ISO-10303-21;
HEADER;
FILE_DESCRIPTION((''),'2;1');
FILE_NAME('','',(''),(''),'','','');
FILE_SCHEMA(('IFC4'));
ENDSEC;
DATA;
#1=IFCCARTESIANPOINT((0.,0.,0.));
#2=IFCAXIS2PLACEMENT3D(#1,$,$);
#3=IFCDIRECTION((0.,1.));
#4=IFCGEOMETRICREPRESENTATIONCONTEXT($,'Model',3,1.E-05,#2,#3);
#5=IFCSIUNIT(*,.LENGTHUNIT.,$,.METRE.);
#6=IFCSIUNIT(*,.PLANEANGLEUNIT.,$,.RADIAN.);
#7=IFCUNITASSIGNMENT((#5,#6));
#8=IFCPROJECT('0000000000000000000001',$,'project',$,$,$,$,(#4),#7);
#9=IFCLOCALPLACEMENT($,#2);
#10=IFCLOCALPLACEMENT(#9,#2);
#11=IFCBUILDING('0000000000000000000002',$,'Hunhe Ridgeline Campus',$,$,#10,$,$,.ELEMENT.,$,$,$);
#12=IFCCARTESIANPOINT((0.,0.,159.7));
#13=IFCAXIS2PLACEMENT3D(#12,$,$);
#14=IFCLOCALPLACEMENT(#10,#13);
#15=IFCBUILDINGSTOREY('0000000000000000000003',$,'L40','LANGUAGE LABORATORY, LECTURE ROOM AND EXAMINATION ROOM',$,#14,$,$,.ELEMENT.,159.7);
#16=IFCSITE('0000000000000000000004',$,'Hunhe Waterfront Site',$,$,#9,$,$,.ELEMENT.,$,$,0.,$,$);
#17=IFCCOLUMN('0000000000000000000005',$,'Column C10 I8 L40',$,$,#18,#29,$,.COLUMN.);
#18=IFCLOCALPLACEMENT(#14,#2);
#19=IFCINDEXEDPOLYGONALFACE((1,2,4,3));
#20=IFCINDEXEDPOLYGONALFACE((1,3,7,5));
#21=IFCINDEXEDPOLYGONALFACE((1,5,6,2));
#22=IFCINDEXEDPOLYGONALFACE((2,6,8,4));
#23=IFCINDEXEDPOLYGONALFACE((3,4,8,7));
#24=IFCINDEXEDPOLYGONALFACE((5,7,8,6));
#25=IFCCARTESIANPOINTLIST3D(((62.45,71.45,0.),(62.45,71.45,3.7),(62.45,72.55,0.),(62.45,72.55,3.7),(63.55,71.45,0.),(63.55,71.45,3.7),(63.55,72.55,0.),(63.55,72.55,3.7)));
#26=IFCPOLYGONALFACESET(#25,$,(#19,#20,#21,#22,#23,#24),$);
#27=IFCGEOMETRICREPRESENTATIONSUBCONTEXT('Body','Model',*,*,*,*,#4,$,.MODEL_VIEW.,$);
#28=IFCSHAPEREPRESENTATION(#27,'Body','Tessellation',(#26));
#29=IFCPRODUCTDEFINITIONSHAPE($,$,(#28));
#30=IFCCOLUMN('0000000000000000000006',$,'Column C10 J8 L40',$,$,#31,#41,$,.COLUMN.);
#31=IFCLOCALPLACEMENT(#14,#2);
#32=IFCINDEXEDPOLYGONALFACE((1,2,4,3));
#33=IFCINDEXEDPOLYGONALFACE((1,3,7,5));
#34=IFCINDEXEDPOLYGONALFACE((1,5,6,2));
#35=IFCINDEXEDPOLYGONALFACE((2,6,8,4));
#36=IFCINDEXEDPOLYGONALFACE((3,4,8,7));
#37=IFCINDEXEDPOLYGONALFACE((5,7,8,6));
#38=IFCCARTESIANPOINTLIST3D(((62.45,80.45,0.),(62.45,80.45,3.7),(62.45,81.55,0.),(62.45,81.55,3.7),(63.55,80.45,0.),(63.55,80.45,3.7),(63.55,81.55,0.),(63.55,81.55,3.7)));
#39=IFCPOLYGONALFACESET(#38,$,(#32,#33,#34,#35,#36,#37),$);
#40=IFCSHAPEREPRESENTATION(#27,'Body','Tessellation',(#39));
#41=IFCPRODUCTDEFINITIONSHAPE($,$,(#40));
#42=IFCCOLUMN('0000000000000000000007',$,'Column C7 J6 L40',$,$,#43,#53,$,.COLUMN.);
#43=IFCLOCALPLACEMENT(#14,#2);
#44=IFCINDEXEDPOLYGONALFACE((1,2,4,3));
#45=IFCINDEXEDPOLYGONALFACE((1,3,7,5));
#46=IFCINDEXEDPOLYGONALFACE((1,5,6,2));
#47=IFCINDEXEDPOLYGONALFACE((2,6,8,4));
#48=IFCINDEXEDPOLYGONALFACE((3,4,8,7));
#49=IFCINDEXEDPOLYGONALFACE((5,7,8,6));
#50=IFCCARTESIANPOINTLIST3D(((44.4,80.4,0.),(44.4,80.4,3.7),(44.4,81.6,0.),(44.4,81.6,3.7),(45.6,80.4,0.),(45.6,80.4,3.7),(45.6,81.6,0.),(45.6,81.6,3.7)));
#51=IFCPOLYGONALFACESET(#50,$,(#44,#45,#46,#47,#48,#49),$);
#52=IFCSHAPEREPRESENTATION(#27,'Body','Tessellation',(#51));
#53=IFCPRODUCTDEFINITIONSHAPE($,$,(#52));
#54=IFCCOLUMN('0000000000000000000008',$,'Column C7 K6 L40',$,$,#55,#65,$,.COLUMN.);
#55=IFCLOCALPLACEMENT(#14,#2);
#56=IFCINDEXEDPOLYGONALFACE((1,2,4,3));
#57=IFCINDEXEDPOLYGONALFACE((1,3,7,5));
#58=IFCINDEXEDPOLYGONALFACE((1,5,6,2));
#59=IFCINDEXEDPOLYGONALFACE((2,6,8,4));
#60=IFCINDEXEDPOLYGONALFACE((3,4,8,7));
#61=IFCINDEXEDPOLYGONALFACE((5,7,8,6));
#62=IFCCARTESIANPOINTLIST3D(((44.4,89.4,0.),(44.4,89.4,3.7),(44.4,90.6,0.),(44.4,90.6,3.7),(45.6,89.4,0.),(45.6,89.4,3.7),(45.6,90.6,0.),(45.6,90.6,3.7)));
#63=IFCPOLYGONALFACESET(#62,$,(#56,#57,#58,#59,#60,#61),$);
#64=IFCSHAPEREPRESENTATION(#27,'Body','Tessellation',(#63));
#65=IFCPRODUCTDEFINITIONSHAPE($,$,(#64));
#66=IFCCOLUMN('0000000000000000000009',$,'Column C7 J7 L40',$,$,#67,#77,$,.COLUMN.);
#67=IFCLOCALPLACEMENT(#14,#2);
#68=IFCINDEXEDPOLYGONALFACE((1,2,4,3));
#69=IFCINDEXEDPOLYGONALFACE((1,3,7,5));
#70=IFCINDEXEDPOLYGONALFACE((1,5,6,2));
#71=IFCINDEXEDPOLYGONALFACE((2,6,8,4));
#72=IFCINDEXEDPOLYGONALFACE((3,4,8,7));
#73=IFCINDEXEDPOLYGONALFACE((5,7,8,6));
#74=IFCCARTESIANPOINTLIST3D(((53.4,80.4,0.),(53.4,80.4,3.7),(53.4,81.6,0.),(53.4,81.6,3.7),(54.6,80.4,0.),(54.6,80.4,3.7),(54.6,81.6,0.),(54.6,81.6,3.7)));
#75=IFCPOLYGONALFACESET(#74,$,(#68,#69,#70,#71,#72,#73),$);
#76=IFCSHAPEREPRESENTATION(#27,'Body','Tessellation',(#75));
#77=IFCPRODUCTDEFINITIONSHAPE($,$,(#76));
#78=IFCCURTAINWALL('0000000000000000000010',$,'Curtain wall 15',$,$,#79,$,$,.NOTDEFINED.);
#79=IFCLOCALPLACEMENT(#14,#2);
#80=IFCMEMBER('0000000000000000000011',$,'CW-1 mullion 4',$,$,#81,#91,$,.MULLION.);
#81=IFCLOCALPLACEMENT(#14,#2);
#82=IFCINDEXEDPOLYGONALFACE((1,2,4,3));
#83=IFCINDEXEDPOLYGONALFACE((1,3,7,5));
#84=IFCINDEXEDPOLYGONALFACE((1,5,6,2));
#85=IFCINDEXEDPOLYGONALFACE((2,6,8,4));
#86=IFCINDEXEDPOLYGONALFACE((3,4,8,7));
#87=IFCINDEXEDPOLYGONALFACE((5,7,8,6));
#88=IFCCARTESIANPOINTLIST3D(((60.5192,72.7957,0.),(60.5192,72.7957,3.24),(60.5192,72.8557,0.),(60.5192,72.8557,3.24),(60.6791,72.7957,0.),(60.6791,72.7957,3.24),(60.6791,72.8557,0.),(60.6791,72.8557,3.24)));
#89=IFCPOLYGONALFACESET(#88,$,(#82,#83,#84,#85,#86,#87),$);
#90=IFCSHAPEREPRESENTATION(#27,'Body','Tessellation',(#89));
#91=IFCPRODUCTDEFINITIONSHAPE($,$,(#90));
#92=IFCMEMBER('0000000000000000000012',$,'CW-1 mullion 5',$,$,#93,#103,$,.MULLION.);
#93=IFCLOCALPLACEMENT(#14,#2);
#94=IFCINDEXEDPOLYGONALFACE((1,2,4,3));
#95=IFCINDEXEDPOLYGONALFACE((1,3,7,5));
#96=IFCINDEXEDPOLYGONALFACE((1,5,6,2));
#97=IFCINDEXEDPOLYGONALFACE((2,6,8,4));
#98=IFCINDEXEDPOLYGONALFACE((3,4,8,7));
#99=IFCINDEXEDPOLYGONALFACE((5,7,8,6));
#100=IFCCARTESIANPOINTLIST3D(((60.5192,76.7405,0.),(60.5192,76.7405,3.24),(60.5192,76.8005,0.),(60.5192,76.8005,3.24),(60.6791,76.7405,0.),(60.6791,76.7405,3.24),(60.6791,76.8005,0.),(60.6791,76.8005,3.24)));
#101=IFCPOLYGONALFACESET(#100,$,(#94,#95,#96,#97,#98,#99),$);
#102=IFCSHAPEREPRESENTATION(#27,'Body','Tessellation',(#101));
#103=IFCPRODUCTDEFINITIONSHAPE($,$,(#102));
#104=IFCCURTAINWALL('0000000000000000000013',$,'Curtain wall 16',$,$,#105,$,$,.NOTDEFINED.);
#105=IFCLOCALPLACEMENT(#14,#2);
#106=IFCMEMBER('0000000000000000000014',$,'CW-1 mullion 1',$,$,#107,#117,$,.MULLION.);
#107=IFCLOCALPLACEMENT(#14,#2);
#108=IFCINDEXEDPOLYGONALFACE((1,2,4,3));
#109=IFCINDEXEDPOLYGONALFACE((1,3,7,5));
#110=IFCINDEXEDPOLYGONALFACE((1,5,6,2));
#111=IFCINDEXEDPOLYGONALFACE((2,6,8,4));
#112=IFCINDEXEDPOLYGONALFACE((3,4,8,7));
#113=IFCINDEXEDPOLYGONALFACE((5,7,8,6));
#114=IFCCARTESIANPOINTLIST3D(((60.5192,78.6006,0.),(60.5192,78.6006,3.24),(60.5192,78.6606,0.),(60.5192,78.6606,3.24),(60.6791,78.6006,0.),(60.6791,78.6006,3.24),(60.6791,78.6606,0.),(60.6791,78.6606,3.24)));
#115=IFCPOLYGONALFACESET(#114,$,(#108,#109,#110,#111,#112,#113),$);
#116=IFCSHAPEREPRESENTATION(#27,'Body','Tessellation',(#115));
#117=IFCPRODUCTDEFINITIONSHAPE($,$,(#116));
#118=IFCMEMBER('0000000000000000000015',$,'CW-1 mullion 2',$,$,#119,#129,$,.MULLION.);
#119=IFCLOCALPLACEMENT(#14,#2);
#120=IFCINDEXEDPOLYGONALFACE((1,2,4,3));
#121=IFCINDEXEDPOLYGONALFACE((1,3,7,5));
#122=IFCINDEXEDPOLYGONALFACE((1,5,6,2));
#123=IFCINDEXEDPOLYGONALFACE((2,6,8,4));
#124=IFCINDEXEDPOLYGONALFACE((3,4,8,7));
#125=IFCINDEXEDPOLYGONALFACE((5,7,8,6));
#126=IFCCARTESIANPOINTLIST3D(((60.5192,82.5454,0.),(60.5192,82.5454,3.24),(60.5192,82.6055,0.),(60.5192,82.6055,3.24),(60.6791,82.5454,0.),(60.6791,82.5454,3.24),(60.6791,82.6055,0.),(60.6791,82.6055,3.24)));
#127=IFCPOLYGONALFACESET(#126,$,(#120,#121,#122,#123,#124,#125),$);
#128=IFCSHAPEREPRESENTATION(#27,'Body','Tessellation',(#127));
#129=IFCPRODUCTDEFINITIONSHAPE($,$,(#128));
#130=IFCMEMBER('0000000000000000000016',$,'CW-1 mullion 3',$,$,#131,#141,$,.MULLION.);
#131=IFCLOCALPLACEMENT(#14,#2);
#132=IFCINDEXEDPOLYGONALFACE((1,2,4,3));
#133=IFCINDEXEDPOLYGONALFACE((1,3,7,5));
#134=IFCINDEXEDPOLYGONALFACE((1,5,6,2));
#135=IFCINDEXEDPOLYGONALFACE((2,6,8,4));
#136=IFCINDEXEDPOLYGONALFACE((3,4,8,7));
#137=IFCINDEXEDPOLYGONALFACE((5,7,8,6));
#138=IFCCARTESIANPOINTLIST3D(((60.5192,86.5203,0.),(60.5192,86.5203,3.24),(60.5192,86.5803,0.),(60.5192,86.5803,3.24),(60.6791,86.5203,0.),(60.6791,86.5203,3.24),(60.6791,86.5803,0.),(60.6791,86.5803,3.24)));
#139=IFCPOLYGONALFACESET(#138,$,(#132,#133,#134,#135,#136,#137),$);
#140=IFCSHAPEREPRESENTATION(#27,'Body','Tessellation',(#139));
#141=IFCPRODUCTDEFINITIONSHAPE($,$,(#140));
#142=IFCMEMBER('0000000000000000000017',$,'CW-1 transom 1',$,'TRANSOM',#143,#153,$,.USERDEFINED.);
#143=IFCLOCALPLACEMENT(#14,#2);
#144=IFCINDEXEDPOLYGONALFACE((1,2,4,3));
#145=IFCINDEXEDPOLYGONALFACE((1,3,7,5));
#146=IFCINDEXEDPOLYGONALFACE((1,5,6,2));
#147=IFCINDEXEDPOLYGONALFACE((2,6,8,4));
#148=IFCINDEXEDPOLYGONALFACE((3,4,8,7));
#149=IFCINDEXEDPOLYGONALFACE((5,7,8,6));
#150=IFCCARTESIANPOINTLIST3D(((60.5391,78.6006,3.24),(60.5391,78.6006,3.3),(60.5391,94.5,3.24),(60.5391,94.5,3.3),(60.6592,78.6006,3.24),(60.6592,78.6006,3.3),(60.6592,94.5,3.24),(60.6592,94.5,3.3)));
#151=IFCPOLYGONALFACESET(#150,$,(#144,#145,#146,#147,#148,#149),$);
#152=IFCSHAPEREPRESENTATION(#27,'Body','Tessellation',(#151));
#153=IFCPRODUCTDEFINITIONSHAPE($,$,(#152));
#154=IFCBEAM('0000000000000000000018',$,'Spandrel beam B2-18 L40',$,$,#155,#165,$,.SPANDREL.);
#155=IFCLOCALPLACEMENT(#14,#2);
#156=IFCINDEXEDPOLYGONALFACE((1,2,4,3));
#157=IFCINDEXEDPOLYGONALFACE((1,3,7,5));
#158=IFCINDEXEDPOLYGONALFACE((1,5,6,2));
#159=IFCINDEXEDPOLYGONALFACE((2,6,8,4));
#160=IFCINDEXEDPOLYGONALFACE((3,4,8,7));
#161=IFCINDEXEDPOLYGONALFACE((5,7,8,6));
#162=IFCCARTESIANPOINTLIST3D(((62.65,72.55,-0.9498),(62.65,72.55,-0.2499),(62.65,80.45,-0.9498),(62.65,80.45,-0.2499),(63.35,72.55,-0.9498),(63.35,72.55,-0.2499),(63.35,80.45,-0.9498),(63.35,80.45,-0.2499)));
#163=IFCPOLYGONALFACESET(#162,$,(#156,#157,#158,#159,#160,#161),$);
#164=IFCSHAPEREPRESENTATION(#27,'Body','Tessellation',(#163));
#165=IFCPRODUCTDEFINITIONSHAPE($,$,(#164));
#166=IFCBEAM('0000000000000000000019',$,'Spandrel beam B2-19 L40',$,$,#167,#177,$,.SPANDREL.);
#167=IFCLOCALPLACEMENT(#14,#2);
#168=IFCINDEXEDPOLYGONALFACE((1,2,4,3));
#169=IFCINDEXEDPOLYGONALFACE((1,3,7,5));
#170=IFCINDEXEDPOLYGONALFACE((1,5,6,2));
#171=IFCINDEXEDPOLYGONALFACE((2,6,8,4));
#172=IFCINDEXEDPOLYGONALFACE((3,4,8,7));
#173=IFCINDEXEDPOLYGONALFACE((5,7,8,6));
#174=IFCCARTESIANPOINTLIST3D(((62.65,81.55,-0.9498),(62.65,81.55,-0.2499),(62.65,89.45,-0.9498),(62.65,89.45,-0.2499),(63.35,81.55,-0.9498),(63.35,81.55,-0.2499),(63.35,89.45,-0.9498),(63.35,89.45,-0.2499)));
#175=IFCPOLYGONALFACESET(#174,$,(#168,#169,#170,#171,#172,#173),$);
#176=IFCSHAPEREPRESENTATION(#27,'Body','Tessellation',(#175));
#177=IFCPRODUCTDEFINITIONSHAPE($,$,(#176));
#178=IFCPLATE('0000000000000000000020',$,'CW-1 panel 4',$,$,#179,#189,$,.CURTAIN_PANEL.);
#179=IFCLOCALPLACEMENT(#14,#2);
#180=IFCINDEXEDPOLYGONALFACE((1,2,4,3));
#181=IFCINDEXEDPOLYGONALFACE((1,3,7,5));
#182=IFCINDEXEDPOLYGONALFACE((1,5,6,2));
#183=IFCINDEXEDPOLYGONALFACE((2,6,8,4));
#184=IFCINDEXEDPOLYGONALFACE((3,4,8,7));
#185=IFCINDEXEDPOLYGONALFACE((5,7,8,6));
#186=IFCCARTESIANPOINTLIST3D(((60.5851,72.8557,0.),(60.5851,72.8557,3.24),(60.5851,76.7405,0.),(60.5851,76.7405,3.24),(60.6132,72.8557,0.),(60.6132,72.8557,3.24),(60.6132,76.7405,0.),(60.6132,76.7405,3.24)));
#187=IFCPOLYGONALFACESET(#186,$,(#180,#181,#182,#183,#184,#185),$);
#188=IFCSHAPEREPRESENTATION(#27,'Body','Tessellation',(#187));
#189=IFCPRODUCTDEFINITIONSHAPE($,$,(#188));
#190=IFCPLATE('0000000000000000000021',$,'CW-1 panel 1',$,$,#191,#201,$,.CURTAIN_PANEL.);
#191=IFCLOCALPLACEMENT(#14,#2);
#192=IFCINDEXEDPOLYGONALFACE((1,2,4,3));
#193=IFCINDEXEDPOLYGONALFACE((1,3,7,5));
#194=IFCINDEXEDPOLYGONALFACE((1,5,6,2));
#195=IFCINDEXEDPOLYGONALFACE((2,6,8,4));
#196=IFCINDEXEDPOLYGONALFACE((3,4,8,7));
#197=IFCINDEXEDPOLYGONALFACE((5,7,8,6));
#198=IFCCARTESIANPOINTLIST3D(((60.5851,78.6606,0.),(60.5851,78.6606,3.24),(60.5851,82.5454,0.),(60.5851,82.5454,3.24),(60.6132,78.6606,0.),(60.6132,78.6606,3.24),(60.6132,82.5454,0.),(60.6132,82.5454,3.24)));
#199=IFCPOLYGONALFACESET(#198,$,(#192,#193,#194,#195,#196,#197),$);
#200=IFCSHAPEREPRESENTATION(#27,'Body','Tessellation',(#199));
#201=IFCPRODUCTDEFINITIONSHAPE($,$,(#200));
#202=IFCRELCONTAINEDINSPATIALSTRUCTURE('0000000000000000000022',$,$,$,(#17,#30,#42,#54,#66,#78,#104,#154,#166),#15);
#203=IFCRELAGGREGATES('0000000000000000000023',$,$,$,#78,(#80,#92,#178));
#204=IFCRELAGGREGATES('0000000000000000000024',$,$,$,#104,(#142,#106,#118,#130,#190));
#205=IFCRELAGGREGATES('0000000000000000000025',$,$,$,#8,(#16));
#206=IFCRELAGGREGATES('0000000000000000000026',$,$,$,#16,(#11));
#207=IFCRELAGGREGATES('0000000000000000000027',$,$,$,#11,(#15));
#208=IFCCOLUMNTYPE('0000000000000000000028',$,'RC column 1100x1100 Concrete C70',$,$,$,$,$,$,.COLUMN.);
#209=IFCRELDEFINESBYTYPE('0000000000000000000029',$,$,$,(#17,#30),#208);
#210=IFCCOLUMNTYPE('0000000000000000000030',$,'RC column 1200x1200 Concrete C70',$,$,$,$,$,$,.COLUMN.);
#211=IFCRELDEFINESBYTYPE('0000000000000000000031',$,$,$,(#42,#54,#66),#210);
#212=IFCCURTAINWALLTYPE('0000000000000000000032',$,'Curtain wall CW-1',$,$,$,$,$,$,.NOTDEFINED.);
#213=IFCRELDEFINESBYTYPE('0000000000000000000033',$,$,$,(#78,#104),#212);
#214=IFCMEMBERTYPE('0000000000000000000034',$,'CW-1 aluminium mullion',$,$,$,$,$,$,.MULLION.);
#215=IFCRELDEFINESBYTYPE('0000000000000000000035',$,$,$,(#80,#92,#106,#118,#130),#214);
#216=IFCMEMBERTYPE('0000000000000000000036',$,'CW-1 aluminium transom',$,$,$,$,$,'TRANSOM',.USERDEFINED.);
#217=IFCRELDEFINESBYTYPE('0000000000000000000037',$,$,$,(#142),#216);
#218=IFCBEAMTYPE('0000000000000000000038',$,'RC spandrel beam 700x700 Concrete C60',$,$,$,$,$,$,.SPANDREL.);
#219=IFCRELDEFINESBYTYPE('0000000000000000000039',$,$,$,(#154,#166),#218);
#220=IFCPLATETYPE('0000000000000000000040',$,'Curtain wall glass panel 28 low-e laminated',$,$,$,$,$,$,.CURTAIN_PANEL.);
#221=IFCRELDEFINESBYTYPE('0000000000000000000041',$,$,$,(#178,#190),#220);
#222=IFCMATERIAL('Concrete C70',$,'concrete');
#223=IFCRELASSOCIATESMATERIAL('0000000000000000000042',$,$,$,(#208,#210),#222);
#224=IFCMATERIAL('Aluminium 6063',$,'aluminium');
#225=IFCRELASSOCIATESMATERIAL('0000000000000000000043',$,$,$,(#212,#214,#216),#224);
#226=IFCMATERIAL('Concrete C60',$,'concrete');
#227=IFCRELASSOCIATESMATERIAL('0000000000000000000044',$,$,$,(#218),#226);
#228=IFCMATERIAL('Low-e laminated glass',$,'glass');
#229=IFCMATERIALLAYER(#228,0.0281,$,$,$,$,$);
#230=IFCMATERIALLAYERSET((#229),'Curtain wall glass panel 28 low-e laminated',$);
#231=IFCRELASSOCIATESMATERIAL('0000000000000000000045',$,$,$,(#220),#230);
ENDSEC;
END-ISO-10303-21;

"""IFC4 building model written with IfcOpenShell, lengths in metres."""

from ifc_helpers import new_model, si_unit, direction, frame, origin, origin_2d, place, context, subcontext, project, spatial, rectangle, extrude, material, layer, layer_set, material_profile, profile_set, type_object, element, aggregate, save


model = new_model("IFC4")

# Units and contexts
model_context = context("Model", 3, precision=1e-05, world=origin(), true_north=direction((0.0, 1.0)))
body_context = subcontext(model_context, "Body", "Model", "MODEL_VIEW")
ifc_project = project(units=[si_unit("LENGTHUNIT", "METRE"), si_unit("PLANEANGLEUNIT", "RADIAN")], contexts=[model_context])

# Site, building, storey
site_placement = place(None, origin())
site = spatial("IfcSite", under=ifc_project, at=site_placement, Name="Hunhe Waterfront Site", CompositionType="ELEMENT", RefElevation=0.0)
building_placement = place(site_placement, origin())
building = spatial("IfcBuilding", under=site, at=building_placement, Name="Hunhe Ridgeline Campus", CompositionType="ELEMENT")
storey_placement = place(building_placement, frame((0.0, 0.0, 159.7)))
storey = spatial("IfcBuildingStorey", under=building, at=storey_placement, Name="L40", Description="LANGUAGE LABORATORY, LECTURE ROOM AND EXAMINATION ROOM", CompositionType="ELEMENT", Elevation=159.7)

# Columns
ifc_material_1 = material(Name="Concrete C70", Category="concrete")
ifc_material_profile_1 = material_profile(ifc_material_1, rectangle(XDim=1.1001, YDim=1.1001, at=origin_2d()))
ifc_profile_set_1 = profile_set([ifc_material_profile_1], Name="Concrete C70")
column_type_1 = type_object("IfcColumnType", Name="RC column 1100x1100 Concrete C70", PredefinedType="COLUMN", material=ifc_profile_set_1)
for number, where, z_axis, x_axis, name in (
    (1, (63.0, 72.0, 0.0), (0.0, 0.0, 1.0), (1.0, 0.0, 0.0), "Column C10 I8 L40"),
    (2, (63.0, 81.0, 0.0), (0.0, 0.0, 1.0), (1.0, 0.0, 0.0), "Column C10 J8 L40"),
):
    element("IfcColumn", number, at=place(storey_placement, frame(where, z_axis=z_axis, x_axis=x_axis)), inside=storey, type_object=column_type_1, Name=name, PredefinedType="COLUMN", context=body_context, shape_type="SweptSolid", body=[
        extrude(rectangle(XDim=1.1001, YDim=1.1001, at=origin_2d()), origin(), (0.0, 0.0, 1.0), 3.7),
    ])
ifc_material_profile_2 = material_profile(ifc_material_1, rectangle(XDim=1.2, YDim=1.2, at=origin_2d()))
ifc_profile_set_2 = profile_set([ifc_material_profile_2], Name="Concrete C70")
column_type_2 = type_object("IfcColumnType", Name="RC column 1200x1200 Concrete C70", PredefinedType="COLUMN", material=ifc_profile_set_2)
for number, where, z_axis, x_axis, name in (
    (3, (45.0, 81.0, 0.0), (0.0, 0.0, 1.0), (1.0, 0.0, 0.0), "Column C7 J6 L40"),
    (4, (45.0, 90.0, 0.0), (0.0, 0.0, 1.0), (1.0, 0.0, 0.0), "Column C7 K6 L40"),
    (5, (54.0, 81.0, 0.0), (0.0, 0.0, 1.0), (1.0, 0.0, 0.0), "Column C7 J7 L40"),
):
    element("IfcColumn", number, at=place(storey_placement, frame(where, z_axis=z_axis, x_axis=x_axis)), inside=storey, type_object=column_type_2, Name=name, PredefinedType="COLUMN", context=body_context, shape_type="SweptSolid", body=[
        extrude(rectangle(XDim=1.2, YDim=1.2, at=origin_2d()), origin(), (0.0, 0.0, 1.0), 3.7),
    ])

# Curtain walls, members
ifc_material_2 = material(Name="Aluminium 6063", Category="aluminium")
curtain_wall_type = type_object("IfcCurtainWallType", Name="Curtain wall CW-1", PredefinedType="NOTDEFINED", material=ifc_material_2)
curtain_wall_1_placement = place(storey_placement, origin())
curtain_wall_1 = element("IfcCurtainWall", 6, at=curtain_wall_1_placement, inside=storey, type_object=curtain_wall_type, Name="Curtain wall 15", PredefinedType="NOTDEFINED")
ifc_material_profile_3 = material_profile(ifc_material_2, rectangle(XDim=0.1599, YDim=0.0601, at=origin_2d()))
ifc_profile_set_3 = profile_set([ifc_material_profile_3], Name="Aluminium 6063")
member_type_1 = type_object("IfcMemberType", Name="CW-1 aluminium mullion", PredefinedType="MULLION", material=ifc_profile_set_3)
member_1_placement = place(storey_placement, frame((60.5991, 72.8257, 0.0), z_axis=(0.0, 0.0, 1.0), x_axis=(-1.0, 0.0, 0.0)))
member_1 = element("IfcMember", 7, at=member_1_placement, type_object=member_type_1, Name="CW-1 mullion 4", PredefinedType="MULLION", context=body_context, shape_type="SweptSolid", body=[
    extrude(rectangle(XDim=0.1599, YDim=0.0601, at=origin_2d()), origin(), (0.0, 0.0, 1.0), 3.24),
])
member_2_placement = place(storey_placement, frame((60.5991, 76.7705, 0.0), z_axis=(0.0, 0.0, 1.0), x_axis=(-1.0, 0.0, 0.0)))
member_2 = element("IfcMember", 8, at=member_2_placement, type_object=member_type_1, Name="CW-1 mullion 5", PredefinedType="MULLION", context=body_context, shape_type="SweptSolid", body=[
    extrude(rectangle(XDim=0.1599, YDim=0.0601, at=origin_2d()), origin(), (0.0, 0.0, 1.0), 3.24),
])
curtain_wall_2_placement = place(storey_placement, origin())
curtain_wall_2 = element("IfcCurtainWall", 9, at=curtain_wall_2_placement, inside=storey, type_object=curtain_wall_type, Name="Curtain wall 16", PredefinedType="NOTDEFINED")
member_3_placement = place(storey_placement, frame((60.5991, 78.6306, 0.0), z_axis=(0.0, 0.0, 1.0), x_axis=(-1.0, 0.0, 0.0)))
member_3 = element("IfcMember", 10, at=member_3_placement, type_object=member_type_1, Name="CW-1 mullion 1", PredefinedType="MULLION", context=body_context, shape_type="SweptSolid", body=[
    extrude(rectangle(XDim=0.1599, YDim=0.0601, at=origin_2d()), origin(), (0.0, 0.0, 1.0), 3.24),
])
member_4_placement = place(storey_placement, frame((60.5991, 82.5754, 0.0), z_axis=(0.0, 0.0, 1.0), x_axis=(-1.0, 0.0, 0.0)))
member_4 = element("IfcMember", 11, at=member_4_placement, type_object=member_type_1, Name="CW-1 mullion 2", PredefinedType="MULLION", context=body_context, shape_type="SweptSolid", body=[
    extrude(rectangle(XDim=0.1599, YDim=0.0601, at=origin_2d()), origin(), (0.0, 0.0, 1.0), 3.24),
])
member_5_placement = place(storey_placement, frame((60.5991, 86.5503, 0.0), z_axis=(0.0, 0.0, 1.0), x_axis=(-1.0, 0.0, 0.0)))
member_5 = element("IfcMember", 12, at=member_5_placement, type_object=member_type_1, Name="CW-1 mullion 3", PredefinedType="MULLION", context=body_context, shape_type="SweptSolid", body=[
    extrude(rectangle(XDim=0.1599, YDim=0.0601, at=origin_2d()), origin(), (0.0, 0.0, 1.0), 3.24),
])
ifc_material_profile_4 = material_profile(ifc_material_2, rectangle(XDim=0.1201, YDim=0.0601, at=origin_2d()))
ifc_profile_set_4 = profile_set([ifc_material_profile_4], Name="Aluminium 6063")
member_type_2 = type_object("IfcMemberType", Name="CW-1 aluminium transom", ElementType="TRANSOM", PredefinedType="USERDEFINED", material=ifc_profile_set_4)
member_6_placement = place(storey_placement, frame((60.5991, 78.6006, 3.27), z_axis=(0.0, 1.0, 0.0), x_axis=(-1.0, 0.0, 0.0)))
member_6 = element("IfcMember", 13, at=member_6_placement, type_object=member_type_2, Name="CW-1 transom 1", ObjectType="TRANSOM", PredefinedType="USERDEFINED", context=body_context, shape_type="SweptSolid", body=[
    extrude(rectangle(XDim=0.1201, YDim=0.0601, at=origin_2d()), origin(), (0.0, 0.0, 1.0), 15.8994),
])

# Beams
ifc_material_3 = material(Name="Concrete C60", Category="concrete")
ifc_material_profile_5 = material_profile(ifc_material_3, rectangle(XDim=0.7, YDim=0.7, at=origin_2d()))
ifc_profile_set_5 = profile_set([ifc_material_profile_5], Name="Concrete C60")
beam_type = type_object("IfcBeamType", Name="RC spandrel beam 700x700 Concrete C60", PredefinedType="SPANDREL", material=ifc_profile_set_5)
for number, where, z_axis, x_axis, name in (
    (14, (63.0, 72.55, -0.5999), (0.0, 1.0, 0.0), (-1.0, 0.0, 0.0), "Spandrel beam B2-18 L40"),
    (15, (63.0, 81.55, -0.5999), (0.0, 1.0, 0.0), (-1.0, 0.0, 0.0), "Spandrel beam B2-19 L40"),
):
    element("IfcBeam", number, at=place(storey_placement, frame(where, z_axis=z_axis, x_axis=x_axis)), inside=storey, type_object=beam_type, Name=name, PredefinedType="SPANDREL", context=body_context, shape_type="SweptSolid", body=[
        extrude(rectangle(XDim=0.7, YDim=0.7, at=origin_2d()), origin(), (0.0, 0.0, 1.0), 7.8999),
    ])

# Plates
ifc_material_4 = material(Name="Low-e laminated glass", Category="glass")
ifc_layer_1 = layer(ifc_material_4, 0.0281)
ifc_layer_set_1 = layer_set([ifc_layer_1], Name="Curtain wall glass panel 28 low-e laminated")
plate_type = type_object("IfcPlateType", Name="Curtain wall glass panel 28 low-e laminated", PredefinedType="CURTAIN_PANEL", material=ifc_layer_set_1)
plate_1_placement = place(storey_placement, frame((60.5991, 74.7981, 0.0), z_axis=(0.0, 0.0, 1.0), x_axis=(0.0, 1.0, 0.0)))
plate_1 = element("IfcPlate", 16, at=plate_1_placement, type_object=plate_type, Name="CW-1 panel 4", PredefinedType="CURTAIN_PANEL", context=body_context, shape_type="SweptSolid", body=[
    extrude(rectangle(XDim=3.8848, YDim=0.0281, at=origin_2d()), origin(), (0.0, 0.0, 1.0), 3.24),
])
aggregate(curtain_wall_1, [member_1, member_2, plate_1])
plate_2_placement = place(storey_placement, frame((60.5991, 80.603, 0.0), z_axis=(0.0, 0.0, 1.0), x_axis=(0.0, 1.0, 0.0)))
plate_2 = element("IfcPlate", 17, at=plate_2_placement, type_object=plate_type, Name="CW-1 panel 1", PredefinedType="CURTAIN_PANEL", context=body_context, shape_type="SweptSolid", body=[
    extrude(rectangle(XDim=3.8848, YDim=0.0281, at=origin_2d()), origin(), (0.0, 0.0, 1.0), 3.24),
])
aggregate(curtain_wall_2, [member_6, member_3, member_4, member_5, plate_2])

save(model, "model.ifc")
